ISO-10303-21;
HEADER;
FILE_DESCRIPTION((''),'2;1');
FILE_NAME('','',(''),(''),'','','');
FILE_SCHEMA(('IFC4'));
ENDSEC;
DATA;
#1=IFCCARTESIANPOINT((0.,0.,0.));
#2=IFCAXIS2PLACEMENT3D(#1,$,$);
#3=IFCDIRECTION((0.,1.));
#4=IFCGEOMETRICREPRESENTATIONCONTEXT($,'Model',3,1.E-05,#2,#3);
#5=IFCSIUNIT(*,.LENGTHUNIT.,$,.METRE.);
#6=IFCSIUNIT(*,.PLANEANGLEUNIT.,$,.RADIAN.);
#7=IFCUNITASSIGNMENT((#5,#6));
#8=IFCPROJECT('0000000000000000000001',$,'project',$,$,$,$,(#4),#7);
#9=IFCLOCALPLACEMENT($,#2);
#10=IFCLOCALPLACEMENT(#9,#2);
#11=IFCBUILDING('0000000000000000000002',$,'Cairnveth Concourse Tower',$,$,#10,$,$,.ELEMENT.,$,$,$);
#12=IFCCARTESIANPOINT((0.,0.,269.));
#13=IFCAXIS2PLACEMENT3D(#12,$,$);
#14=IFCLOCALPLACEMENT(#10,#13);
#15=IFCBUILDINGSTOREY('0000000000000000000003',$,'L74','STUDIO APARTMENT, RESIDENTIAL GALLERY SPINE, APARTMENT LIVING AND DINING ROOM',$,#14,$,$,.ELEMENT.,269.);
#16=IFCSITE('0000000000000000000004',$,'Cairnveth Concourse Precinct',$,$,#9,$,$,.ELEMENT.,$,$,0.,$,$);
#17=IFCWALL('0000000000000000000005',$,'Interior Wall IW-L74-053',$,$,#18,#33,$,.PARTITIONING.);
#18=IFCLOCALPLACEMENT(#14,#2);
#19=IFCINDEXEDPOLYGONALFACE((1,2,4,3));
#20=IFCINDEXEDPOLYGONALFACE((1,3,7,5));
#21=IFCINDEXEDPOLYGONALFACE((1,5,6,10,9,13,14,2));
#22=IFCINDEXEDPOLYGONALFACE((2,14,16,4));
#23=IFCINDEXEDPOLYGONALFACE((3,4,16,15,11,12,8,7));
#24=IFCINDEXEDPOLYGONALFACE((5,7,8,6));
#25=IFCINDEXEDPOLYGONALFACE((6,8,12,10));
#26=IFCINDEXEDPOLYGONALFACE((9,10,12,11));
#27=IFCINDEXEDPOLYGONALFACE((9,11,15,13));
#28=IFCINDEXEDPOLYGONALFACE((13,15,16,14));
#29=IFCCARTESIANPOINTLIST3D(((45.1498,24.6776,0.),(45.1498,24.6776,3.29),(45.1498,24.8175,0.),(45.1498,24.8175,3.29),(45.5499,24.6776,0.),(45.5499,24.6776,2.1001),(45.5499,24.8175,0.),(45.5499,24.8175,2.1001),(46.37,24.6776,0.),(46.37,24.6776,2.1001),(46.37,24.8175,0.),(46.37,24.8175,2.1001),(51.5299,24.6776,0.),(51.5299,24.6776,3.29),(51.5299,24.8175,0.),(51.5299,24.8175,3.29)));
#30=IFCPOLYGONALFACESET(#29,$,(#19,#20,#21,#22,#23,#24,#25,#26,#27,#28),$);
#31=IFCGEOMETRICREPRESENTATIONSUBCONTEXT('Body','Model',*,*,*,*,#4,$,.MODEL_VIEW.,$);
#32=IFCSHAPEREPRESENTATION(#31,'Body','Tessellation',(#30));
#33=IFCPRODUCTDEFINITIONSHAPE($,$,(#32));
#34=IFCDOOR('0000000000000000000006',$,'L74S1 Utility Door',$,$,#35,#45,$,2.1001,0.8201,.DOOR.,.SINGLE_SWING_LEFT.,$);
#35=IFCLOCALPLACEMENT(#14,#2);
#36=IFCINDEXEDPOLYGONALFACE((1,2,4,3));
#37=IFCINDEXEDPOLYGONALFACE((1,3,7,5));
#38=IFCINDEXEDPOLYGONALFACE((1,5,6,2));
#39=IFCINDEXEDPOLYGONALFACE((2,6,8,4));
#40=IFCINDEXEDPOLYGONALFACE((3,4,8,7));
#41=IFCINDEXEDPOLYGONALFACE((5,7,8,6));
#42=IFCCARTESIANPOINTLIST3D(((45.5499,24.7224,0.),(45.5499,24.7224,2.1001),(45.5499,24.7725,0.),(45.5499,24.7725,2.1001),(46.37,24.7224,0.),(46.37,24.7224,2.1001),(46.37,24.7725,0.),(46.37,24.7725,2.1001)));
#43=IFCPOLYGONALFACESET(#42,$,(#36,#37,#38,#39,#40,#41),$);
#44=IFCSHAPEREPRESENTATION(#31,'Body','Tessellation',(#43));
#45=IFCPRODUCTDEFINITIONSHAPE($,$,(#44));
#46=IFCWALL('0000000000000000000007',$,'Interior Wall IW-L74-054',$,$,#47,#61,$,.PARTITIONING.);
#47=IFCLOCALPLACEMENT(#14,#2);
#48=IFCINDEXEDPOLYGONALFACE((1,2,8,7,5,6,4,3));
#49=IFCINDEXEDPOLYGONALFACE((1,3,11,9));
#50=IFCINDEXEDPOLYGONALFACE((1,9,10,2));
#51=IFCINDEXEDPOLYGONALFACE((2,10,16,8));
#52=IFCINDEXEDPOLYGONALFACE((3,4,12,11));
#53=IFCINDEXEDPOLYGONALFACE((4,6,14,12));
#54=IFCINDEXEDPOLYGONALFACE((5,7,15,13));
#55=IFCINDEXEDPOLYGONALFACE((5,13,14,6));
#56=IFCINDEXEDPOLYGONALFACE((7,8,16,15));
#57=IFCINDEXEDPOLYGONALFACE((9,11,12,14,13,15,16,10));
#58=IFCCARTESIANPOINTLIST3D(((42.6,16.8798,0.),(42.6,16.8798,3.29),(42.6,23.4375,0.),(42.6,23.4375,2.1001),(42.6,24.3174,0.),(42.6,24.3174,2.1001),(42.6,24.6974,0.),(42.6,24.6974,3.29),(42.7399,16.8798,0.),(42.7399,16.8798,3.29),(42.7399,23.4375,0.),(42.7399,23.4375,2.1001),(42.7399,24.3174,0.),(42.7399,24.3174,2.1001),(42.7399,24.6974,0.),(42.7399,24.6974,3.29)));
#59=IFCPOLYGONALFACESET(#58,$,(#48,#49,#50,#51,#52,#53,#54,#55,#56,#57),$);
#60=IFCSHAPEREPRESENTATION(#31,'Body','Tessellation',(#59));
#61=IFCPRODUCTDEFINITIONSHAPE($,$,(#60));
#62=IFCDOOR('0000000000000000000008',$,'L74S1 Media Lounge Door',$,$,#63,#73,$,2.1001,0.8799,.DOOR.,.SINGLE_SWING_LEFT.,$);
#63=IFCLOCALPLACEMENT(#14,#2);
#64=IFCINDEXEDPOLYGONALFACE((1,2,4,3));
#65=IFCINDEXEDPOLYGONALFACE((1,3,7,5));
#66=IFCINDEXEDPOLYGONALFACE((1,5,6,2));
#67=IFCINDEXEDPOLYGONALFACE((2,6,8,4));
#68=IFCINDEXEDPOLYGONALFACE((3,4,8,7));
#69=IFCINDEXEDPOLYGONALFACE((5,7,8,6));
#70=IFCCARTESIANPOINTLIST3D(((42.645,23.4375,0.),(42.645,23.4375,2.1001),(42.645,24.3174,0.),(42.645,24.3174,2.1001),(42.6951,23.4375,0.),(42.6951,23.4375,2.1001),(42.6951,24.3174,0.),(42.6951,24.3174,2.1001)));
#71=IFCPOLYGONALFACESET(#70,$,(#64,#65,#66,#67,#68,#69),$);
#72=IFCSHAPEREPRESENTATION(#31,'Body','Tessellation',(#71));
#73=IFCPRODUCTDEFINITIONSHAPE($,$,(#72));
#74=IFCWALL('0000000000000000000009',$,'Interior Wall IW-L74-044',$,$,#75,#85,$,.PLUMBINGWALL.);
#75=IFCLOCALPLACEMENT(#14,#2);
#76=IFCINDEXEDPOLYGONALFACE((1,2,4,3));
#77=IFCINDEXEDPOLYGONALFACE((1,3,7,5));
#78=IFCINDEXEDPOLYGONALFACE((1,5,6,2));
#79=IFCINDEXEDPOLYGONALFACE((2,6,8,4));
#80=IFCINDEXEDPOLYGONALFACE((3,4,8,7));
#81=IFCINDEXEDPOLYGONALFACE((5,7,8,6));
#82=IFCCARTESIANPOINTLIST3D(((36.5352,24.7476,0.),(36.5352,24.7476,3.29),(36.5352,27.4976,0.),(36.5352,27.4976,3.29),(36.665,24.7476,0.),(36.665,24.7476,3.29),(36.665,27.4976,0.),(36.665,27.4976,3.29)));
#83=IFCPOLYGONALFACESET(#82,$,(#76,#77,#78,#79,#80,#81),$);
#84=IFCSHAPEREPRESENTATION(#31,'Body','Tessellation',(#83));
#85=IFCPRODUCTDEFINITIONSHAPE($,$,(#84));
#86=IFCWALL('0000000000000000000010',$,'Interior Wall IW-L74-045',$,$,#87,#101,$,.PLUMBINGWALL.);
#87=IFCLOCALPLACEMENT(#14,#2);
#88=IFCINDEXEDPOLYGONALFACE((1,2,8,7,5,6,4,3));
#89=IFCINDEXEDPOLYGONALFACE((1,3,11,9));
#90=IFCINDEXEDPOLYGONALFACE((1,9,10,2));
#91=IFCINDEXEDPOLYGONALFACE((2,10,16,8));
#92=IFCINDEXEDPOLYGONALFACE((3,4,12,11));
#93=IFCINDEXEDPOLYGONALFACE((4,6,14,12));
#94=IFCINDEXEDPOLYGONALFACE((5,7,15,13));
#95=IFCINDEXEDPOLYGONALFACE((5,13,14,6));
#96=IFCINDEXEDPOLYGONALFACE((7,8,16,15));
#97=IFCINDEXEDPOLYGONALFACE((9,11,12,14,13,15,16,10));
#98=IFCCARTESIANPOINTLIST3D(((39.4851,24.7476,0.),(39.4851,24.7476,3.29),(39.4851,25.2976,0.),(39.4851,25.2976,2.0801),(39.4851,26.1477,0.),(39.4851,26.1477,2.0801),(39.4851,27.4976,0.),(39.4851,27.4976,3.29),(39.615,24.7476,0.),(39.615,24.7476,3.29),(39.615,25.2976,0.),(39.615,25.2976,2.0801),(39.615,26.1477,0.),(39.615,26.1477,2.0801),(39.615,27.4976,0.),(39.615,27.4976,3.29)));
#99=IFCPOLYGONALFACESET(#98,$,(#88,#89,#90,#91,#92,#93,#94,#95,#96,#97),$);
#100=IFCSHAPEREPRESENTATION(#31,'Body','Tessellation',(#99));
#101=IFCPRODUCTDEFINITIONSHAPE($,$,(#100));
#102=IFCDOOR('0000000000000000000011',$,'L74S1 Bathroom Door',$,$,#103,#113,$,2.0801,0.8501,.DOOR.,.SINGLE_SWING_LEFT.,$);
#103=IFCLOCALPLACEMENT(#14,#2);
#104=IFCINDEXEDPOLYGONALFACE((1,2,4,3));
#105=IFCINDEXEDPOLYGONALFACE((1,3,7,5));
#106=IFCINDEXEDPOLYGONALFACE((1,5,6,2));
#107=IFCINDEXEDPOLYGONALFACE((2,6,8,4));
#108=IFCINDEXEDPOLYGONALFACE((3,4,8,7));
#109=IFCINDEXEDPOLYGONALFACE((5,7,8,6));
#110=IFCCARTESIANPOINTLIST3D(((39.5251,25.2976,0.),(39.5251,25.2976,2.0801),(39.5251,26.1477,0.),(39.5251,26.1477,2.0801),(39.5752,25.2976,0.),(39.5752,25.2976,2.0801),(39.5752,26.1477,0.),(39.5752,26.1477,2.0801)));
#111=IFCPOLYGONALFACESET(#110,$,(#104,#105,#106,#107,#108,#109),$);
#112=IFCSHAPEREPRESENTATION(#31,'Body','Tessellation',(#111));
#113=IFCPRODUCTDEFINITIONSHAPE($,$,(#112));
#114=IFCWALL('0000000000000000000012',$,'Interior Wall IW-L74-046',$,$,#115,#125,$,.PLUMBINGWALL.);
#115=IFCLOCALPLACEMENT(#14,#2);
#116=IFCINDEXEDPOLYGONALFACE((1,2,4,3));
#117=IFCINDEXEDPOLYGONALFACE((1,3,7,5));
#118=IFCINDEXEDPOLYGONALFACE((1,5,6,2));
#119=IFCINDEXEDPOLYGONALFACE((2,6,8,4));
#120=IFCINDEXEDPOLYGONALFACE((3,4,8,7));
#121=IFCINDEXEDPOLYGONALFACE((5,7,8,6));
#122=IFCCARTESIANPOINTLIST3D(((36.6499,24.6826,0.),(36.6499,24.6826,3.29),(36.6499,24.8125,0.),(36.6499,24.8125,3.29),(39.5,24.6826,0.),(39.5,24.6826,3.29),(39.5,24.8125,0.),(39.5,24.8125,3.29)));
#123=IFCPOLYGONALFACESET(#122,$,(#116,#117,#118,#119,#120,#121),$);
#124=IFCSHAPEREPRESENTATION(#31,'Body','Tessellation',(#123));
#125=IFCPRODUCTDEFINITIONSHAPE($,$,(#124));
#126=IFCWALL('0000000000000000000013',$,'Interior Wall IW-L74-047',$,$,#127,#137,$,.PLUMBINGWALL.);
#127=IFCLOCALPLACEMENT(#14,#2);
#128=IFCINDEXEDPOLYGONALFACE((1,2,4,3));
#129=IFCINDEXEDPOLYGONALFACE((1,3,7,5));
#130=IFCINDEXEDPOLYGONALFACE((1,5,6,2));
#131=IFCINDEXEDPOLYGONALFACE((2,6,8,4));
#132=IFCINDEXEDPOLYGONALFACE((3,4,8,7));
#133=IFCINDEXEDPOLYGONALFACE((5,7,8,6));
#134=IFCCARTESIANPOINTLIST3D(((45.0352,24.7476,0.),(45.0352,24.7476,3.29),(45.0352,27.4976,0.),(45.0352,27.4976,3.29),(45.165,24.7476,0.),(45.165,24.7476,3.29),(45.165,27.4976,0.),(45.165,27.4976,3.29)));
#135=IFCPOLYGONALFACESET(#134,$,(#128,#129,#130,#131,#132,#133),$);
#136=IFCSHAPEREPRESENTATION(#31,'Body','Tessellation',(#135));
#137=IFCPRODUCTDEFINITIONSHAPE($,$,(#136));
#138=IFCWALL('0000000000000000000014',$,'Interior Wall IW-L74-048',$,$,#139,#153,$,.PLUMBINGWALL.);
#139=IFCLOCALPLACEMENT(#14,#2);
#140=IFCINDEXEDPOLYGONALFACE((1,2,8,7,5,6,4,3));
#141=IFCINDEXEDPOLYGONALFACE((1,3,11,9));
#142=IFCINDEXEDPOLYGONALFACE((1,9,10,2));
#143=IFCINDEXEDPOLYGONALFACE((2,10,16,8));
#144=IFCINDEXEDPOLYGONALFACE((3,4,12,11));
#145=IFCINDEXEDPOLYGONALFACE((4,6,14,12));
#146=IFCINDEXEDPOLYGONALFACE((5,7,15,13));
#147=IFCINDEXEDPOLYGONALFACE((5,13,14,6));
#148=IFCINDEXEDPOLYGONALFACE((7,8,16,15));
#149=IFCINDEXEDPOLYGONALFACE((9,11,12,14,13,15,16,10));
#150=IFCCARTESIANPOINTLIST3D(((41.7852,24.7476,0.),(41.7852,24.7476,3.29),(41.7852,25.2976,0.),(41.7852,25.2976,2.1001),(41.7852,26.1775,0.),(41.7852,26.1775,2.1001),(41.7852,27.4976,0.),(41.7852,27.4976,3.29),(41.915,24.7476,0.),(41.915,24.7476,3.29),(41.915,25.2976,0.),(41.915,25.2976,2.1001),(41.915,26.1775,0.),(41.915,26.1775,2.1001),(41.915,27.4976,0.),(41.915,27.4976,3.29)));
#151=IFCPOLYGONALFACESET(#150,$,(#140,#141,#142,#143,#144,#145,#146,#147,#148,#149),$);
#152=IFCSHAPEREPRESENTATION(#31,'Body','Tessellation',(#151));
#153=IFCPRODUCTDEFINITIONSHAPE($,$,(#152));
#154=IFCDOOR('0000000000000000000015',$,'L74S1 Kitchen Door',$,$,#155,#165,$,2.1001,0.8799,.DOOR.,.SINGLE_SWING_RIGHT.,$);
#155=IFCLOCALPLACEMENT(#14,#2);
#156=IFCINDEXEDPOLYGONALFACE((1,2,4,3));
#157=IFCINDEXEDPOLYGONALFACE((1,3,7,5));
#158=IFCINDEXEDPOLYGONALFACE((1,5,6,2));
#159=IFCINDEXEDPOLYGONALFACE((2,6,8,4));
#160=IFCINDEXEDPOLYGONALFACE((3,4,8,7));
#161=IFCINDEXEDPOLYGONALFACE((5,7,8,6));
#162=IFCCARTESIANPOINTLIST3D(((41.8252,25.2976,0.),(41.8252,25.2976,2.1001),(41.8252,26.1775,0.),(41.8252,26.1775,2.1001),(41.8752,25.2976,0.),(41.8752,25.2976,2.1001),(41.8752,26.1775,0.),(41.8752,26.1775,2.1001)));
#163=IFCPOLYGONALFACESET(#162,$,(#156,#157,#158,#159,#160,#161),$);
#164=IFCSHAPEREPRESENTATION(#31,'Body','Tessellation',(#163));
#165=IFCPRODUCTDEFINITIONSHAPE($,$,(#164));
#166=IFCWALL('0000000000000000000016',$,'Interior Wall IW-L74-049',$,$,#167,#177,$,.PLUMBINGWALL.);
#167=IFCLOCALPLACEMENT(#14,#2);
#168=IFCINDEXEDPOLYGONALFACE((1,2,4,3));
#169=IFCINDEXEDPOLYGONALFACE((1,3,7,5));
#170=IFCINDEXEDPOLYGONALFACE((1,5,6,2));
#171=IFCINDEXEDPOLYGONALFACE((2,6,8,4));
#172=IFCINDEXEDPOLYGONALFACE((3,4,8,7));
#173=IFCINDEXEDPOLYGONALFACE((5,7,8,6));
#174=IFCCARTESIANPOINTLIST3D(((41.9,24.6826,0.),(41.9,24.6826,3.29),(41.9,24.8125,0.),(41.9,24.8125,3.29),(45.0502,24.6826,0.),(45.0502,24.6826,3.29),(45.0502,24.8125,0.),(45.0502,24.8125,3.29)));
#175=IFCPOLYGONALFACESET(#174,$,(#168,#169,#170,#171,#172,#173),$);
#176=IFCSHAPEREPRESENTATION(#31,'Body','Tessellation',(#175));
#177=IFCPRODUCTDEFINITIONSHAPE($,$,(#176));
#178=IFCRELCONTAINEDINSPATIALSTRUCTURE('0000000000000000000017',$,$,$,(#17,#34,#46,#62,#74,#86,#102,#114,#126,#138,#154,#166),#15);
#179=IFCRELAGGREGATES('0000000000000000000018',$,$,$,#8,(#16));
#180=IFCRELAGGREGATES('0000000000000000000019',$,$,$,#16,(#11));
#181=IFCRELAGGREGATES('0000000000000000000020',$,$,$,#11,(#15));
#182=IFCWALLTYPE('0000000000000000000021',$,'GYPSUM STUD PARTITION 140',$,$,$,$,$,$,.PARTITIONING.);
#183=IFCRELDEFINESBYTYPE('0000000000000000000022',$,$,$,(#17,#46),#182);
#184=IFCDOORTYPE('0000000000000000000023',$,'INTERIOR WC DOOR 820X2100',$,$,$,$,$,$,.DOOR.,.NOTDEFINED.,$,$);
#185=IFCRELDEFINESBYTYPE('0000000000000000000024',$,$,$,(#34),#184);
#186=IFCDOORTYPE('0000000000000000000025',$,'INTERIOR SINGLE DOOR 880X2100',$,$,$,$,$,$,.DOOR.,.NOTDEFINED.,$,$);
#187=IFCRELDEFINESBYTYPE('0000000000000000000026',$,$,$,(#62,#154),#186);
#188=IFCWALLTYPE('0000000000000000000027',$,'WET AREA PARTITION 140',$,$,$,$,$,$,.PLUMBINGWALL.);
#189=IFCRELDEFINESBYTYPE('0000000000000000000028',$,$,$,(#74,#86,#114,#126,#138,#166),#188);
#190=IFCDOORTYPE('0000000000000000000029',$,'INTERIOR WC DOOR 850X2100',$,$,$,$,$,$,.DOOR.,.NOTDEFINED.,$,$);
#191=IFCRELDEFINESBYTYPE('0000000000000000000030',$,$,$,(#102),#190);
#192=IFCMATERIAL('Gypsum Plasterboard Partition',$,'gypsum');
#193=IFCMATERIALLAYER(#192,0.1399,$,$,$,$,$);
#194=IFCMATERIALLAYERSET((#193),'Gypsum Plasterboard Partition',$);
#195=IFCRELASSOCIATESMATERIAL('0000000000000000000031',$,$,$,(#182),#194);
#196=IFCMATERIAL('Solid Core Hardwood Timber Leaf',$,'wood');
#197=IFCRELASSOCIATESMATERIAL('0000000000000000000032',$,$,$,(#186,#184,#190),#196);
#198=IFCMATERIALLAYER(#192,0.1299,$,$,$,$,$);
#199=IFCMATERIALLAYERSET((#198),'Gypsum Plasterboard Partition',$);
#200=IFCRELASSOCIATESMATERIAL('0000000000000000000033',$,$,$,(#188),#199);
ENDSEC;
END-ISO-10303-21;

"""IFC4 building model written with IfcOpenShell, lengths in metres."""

from ifc_helpers import new_model, si_unit, direction, frame, frame_2d, origin, place, context, subcontext, project, spatial, rectangle, extrude, material, layer, layer_set, type_object, element, fill, save


model = new_model("IFC4")

# Units and contexts
model_context = context("Model", 3, precision=1e-05, world=origin(), true_north=direction((0.0, 1.0)))
body_context = subcontext(model_context, "Body", "Model", "MODEL_VIEW")
ifc_project = project(units=[si_unit("LENGTHUNIT", "METRE"), si_unit("PLANEANGLEUNIT", "RADIAN")], contexts=[model_context])

# Site, building, storey
site_placement = place(None, origin())
site = spatial("IfcSite", under=ifc_project, at=site_placement, Name="Cairnveth Concourse Precinct", CompositionType="ELEMENT", RefElevation=0.0)
building_placement = place(site_placement, origin())
building = spatial("IfcBuilding", under=site, at=building_placement, Name="Cairnveth Concourse Tower", CompositionType="ELEMENT")
storey_placement = place(building_placement, frame((0.0, 0.0, 269.0)))
storey = spatial("IfcBuildingStorey", under=building, at=storey_placement, Name="L74", Description="STUDIO APARTMENT, RESIDENTIAL GALLERY SPINE, APARTMENT LIVING AND DINING ROOM", CompositionType="ELEMENT", Elevation=269.0)

# Shared definitions
ifc_material_1 = material(Name="Gypsum Plasterboard Partition", Category="gypsum")
ifc_material_2 = material(Name="Solid Core Hardwood Timber Leaf", Category="wood")

# Walls, openings, doors
ifc_layer_1 = layer(ifc_material_1, 0.1399)
ifc_layer_set_1 = layer_set([ifc_layer_1], Name="Gypsum Plasterboard Partition")
wall_type_1 = type_object("IfcWallType", Name="GYPSUM STUD PARTITION 140", PredefinedType="PARTITIONING", material=ifc_layer_set_1)
door_type_1 = type_object("IfcDoorType", Name="INTERIOR SINGLE DOOR 880X2100", OperationType="NOTDEFINED", PredefinedType="DOOR", material=ifc_material_2)
wall_1_placement = place(storey_placement, frame((45.1499, 24.7476, 0.0), z_axis=(0.0, 0.0, 1.0), x_axis=(1.0, 0.0, 0.0)))
wall_1 = element("IfcWall", 1, at=wall_1_placement, inside=storey, type_object=wall_type_1, Name="Interior Wall IW-L74-053", PredefinedType="PARTITIONING", context=body_context, shape_type="SweptSolid", body=[
    extrude(rectangle(XDim=6.3801, YDim=0.1399, at=frame_2d((3.1899, 0.0))), origin(), (0.0, 0.0, 1.0), 3.29),
])
opening_1_placement = place(wall_1_placement, frame((0.3999, 0.0, 0.0)))
opening_1 = element("IfcOpeningElement", 2, at=opening_1_placement, cuts=wall_1, PredefinedType="OPENING", context=body_context, shape_type="SweptSolid", body=[
    extrude(rectangle(XDim=0.8201, YDim=2.1001, at=frame_2d((0.4102, 1.05))), frame((0.0, 0.0798, 0.0), z_axis=(0.0, -1.0, 0.0), x_axis=(1.0, 0.0, 0.0)), (0.0, 0.0, 1.0), 0.1599),
])
door_type_2 = type_object("IfcDoorType", Name="INTERIOR WC DOOR 820X2100", OperationType="NOTDEFINED", PredefinedType="DOOR", material=ifc_material_2)
door_1_placement = place(opening_1_placement, origin())
door_1 = element("IfcDoor", 3, at=door_1_placement, inside=storey, type_object=door_type_2, Name="L74S1 Utility Door", OperationType="SINGLE_SWING_LEFT", OverallHeight=2.1001, OverallWidth=0.8201, PredefinedType="DOOR", context=body_context, shape_type="SweptSolid", body=[
    extrude(rectangle(XDim=0.8201, YDim=2.1001, at=frame_2d((0.4102, 1.05))), frame((0.0, 0.0249, 0.0), z_axis=(0.0, -1.0, 0.0), x_axis=(1.0, 0.0, 0.0)), (0.0, 0.0, 1.0), 0.05),
])
fill(opening_1, door_1)
wall_2_placement = place(storey_placement, frame((42.6699, 16.8799, 0.0), z_axis=(0.0, 0.0, 1.0), x_axis=(0.0, 1.0, 0.0)))
wall_2 = element("IfcWall", 4, at=wall_2_placement, inside=storey, type_object=wall_type_1, Name="Interior Wall IW-L74-054", PredefinedType="PARTITIONING", context=body_context, shape_type="SweptSolid", body=[
    extrude(rectangle(XDim=7.8176, YDim=0.1399, at=frame_2d((3.9087, 0.0))), origin(), (0.0, 0.0, 1.0), 3.29),
])
opening_2_placement = place(wall_2_placement, frame((6.5576, 0.0, 0.0)))
opening_2 = element("IfcOpeningElement", 5, at=opening_2_placement, cuts=wall_2, PredefinedType="OPENING", context=body_context, shape_type="SweptSolid", body=[
    extrude(rectangle(XDim=0.8799, YDim=2.1001, at=frame_2d((0.4399, 1.05))), frame((0.0, 0.0798, 0.0), z_axis=(0.0, -1.0, 0.0), x_axis=(1.0, 0.0, 0.0)), (0.0, 0.0, 1.0), 0.1599),
])
door_2_placement = place(opening_2_placement, origin())
door_2 = element("IfcDoor", 6, at=door_2_placement, inside=storey, type_object=door_type_1, Name="L74S1 Media Lounge Door", OperationType="SINGLE_SWING_LEFT", OverallHeight=2.1001, OverallWidth=0.8799, PredefinedType="DOOR", context=body_context, shape_type="SweptSolid", body=[
    extrude(rectangle(XDim=0.8799, YDim=2.1001, at=frame_2d((0.4399, 1.05))), frame((0.0, 0.0249, 0.0), z_axis=(0.0, -1.0, 0.0), x_axis=(1.0, 0.0, 0.0)), (0.0, 0.0, 1.0), 0.05),
])
fill(opening_2, door_2)

# Wall
ifc_layer_2 = layer(ifc_material_1, 0.1299)
ifc_layer_set_2 = layer_set([ifc_layer_2], Name="Gypsum Plasterboard Partition")
wall_type_2 = type_object("IfcWallType", Name="WET AREA PARTITION 140", PredefinedType="PLUMBINGWALL", material=ifc_layer_set_2)
wall_3_placement = place(storey_placement, frame((36.6001, 24.7476, 0.0), z_axis=(0.0, 0.0, 1.0), x_axis=(0.0, 1.0, 0.0)))
element("IfcWall", 7, at=wall_3_placement, inside=storey, type_object=wall_type_2, Name="Interior Wall IW-L74-044", PredefinedType="PLUMBINGWALL", context=body_context, shape_type="SweptSolid", body=[
    extrude(rectangle(XDim=2.75, YDim=0.1299, at=frame_2d((1.375, 0.0))), origin(), (0.0, 0.0, 1.0), 3.29),
])

# Wall, opening, door
wall_4_placement = place(storey_placement, frame((39.55, 24.7476, 0.0), z_axis=(0.0, 0.0, 1.0), x_axis=(0.0, 1.0, 0.0)))
wall_4 = element("IfcWall", 8, at=wall_4_placement, inside=storey, type_object=wall_type_2, Name="Interior Wall IW-L74-045", PredefinedType="PLUMBINGWALL", context=body_context, shape_type="SweptSolid", body=[
    extrude(rectangle(XDim=2.75, YDim=0.1299, at=frame_2d((1.375, 0.0))), origin(), (0.0, 0.0, 1.0), 3.29),
])
opening_3_placement = place(wall_4_placement, frame((0.55, 0.0, 0.0)))
opening_3 = element("IfcOpeningElement", 9, at=opening_3_placement, cuts=wall_4, PredefinedType="OPENING", context=body_context, shape_type="SweptSolid", body=[
    extrude(rectangle(XDim=0.8501, YDim=2.0801, at=frame_2d((0.425, 1.04))), frame((0.0, 0.075, 0.0), z_axis=(0.0, -1.0, 0.0), x_axis=(1.0, 0.0, 0.0)), (0.0, 0.0, 1.0), 0.1499),
])
door_type_3 = type_object("IfcDoorType", Name="INTERIOR WC DOOR 850X2100", OperationType="NOTDEFINED", PredefinedType="DOOR", material=ifc_material_2)
door_3_placement = place(opening_3_placement, origin())
door_3 = element("IfcDoor", 10, at=door_3_placement, inside=storey, type_object=door_type_3, Name="L74S1 Bathroom Door", OperationType="SINGLE_SWING_LEFT", OverallHeight=2.0801, OverallWidth=0.8501, PredefinedType="DOOR", context=body_context, shape_type="SweptSolid", body=[
    extrude(rectangle(XDim=0.8501, YDim=2.0801, at=frame_2d((0.425, 1.04))), frame((0.0, 0.0249, 0.0), z_axis=(0.0, -1.0, 0.0), x_axis=(1.0, 0.0, 0.0)), (0.0, 0.0, 1.0), 0.05),
])
fill(opening_3, door_3)

# Walls
wall_5_placement = place(storey_placement, frame((36.6499, 24.7476, 0.0), z_axis=(0.0, 0.0, 1.0), x_axis=(1.0, 0.0, 0.0)))
element("IfcWall", 11, at=wall_5_placement, inside=storey, type_object=wall_type_2, Name="Interior Wall IW-L74-046", PredefinedType="PLUMBINGWALL", context=body_context, shape_type="SweptSolid", body=[
    extrude(rectangle(XDim=2.8501, YDim=0.1299, at=frame_2d((1.425, 0.0))), origin(), (0.0, 0.0, 1.0), 3.29),
])
wall_6_placement = place(storey_placement, frame((45.1001, 24.7476, 0.0), z_axis=(0.0, 0.0, 1.0), x_axis=(0.0, 1.0, 0.0)))
element("IfcWall", 12, at=wall_6_placement, inside=storey, type_object=wall_type_2, Name="Interior Wall IW-L74-047", PredefinedType="PLUMBINGWALL", context=body_context, shape_type="SweptSolid", body=[
    extrude(rectangle(XDim=2.75, YDim=0.1299, at=frame_2d((1.375, 0.0))), origin(), (0.0, 0.0, 1.0), 3.29),
])

# Wall, opening, door
wall_7_placement = place(storey_placement, frame((41.8501, 24.7476, 0.0), z_axis=(0.0, 0.0, 1.0), x_axis=(0.0, 1.0, 0.0)))
wall_7 = element("IfcWall", 13, at=wall_7_placement, inside=storey, type_object=wall_type_2, Name="Interior Wall IW-L74-048", PredefinedType="PLUMBINGWALL", context=body_context, shape_type="SweptSolid", body=[
    extrude(rectangle(XDim=2.75, YDim=0.1299, at=frame_2d((1.375, 0.0))), origin(), (0.0, 0.0, 1.0), 3.29),
])
opening_4_placement = place(wall_7_placement, frame((0.55, 0.0, 0.0)))
opening_4 = element("IfcOpeningElement", 14, at=opening_4_placement, cuts=wall_7, PredefinedType="OPENING", context=body_context, shape_type="SweptSolid", body=[
    extrude(rectangle(XDim=0.8799, YDim=2.1001, at=frame_2d((0.4399, 1.05))), frame((0.0, 0.075, 0.0), z_axis=(0.0, -1.0, 0.0), x_axis=(1.0, 0.0, 0.0)), (0.0, 0.0, 1.0), 0.1499),
])
door_4_placement = place(opening_4_placement, origin())
door_4 = element("IfcDoor", 15, at=door_4_placement, inside=storey, type_object=door_type_1, Name="L74S1 Kitchen Door", OperationType="SINGLE_SWING_RIGHT", OverallHeight=2.1001, OverallWidth=0.8799, PredefinedType="DOOR", context=body_context, shape_type="SweptSolid", body=[
    extrude(rectangle(XDim=0.8799, YDim=2.1001, at=frame_2d((0.4399, 1.05))), frame((0.0, 0.0249, 0.0), z_axis=(0.0, -1.0, 0.0), x_axis=(1.0, 0.0, 0.0)), (0.0, 0.0, 1.0), 0.05),
])
fill(opening_4, door_4)

# Wall
wall_8_placement = place(storey_placement, frame((41.8999, 24.7476, 0.0), z_axis=(0.0, 0.0, 1.0), x_axis=(1.0, 0.0, 0.0)))
element("IfcWall", 16, at=wall_8_placement, inside=storey, type_object=wall_type_2, Name="Interior Wall IW-L74-049", PredefinedType="PLUMBINGWALL", context=body_context, shape_type="SweptSolid", body=[
    extrude(rectangle(XDim=3.1501, YDim=0.1299, at=frame_2d((1.5752, 0.0))), origin(), (0.0, 0.0, 1.0), 3.29),
])

save(model, "model.ifc")
